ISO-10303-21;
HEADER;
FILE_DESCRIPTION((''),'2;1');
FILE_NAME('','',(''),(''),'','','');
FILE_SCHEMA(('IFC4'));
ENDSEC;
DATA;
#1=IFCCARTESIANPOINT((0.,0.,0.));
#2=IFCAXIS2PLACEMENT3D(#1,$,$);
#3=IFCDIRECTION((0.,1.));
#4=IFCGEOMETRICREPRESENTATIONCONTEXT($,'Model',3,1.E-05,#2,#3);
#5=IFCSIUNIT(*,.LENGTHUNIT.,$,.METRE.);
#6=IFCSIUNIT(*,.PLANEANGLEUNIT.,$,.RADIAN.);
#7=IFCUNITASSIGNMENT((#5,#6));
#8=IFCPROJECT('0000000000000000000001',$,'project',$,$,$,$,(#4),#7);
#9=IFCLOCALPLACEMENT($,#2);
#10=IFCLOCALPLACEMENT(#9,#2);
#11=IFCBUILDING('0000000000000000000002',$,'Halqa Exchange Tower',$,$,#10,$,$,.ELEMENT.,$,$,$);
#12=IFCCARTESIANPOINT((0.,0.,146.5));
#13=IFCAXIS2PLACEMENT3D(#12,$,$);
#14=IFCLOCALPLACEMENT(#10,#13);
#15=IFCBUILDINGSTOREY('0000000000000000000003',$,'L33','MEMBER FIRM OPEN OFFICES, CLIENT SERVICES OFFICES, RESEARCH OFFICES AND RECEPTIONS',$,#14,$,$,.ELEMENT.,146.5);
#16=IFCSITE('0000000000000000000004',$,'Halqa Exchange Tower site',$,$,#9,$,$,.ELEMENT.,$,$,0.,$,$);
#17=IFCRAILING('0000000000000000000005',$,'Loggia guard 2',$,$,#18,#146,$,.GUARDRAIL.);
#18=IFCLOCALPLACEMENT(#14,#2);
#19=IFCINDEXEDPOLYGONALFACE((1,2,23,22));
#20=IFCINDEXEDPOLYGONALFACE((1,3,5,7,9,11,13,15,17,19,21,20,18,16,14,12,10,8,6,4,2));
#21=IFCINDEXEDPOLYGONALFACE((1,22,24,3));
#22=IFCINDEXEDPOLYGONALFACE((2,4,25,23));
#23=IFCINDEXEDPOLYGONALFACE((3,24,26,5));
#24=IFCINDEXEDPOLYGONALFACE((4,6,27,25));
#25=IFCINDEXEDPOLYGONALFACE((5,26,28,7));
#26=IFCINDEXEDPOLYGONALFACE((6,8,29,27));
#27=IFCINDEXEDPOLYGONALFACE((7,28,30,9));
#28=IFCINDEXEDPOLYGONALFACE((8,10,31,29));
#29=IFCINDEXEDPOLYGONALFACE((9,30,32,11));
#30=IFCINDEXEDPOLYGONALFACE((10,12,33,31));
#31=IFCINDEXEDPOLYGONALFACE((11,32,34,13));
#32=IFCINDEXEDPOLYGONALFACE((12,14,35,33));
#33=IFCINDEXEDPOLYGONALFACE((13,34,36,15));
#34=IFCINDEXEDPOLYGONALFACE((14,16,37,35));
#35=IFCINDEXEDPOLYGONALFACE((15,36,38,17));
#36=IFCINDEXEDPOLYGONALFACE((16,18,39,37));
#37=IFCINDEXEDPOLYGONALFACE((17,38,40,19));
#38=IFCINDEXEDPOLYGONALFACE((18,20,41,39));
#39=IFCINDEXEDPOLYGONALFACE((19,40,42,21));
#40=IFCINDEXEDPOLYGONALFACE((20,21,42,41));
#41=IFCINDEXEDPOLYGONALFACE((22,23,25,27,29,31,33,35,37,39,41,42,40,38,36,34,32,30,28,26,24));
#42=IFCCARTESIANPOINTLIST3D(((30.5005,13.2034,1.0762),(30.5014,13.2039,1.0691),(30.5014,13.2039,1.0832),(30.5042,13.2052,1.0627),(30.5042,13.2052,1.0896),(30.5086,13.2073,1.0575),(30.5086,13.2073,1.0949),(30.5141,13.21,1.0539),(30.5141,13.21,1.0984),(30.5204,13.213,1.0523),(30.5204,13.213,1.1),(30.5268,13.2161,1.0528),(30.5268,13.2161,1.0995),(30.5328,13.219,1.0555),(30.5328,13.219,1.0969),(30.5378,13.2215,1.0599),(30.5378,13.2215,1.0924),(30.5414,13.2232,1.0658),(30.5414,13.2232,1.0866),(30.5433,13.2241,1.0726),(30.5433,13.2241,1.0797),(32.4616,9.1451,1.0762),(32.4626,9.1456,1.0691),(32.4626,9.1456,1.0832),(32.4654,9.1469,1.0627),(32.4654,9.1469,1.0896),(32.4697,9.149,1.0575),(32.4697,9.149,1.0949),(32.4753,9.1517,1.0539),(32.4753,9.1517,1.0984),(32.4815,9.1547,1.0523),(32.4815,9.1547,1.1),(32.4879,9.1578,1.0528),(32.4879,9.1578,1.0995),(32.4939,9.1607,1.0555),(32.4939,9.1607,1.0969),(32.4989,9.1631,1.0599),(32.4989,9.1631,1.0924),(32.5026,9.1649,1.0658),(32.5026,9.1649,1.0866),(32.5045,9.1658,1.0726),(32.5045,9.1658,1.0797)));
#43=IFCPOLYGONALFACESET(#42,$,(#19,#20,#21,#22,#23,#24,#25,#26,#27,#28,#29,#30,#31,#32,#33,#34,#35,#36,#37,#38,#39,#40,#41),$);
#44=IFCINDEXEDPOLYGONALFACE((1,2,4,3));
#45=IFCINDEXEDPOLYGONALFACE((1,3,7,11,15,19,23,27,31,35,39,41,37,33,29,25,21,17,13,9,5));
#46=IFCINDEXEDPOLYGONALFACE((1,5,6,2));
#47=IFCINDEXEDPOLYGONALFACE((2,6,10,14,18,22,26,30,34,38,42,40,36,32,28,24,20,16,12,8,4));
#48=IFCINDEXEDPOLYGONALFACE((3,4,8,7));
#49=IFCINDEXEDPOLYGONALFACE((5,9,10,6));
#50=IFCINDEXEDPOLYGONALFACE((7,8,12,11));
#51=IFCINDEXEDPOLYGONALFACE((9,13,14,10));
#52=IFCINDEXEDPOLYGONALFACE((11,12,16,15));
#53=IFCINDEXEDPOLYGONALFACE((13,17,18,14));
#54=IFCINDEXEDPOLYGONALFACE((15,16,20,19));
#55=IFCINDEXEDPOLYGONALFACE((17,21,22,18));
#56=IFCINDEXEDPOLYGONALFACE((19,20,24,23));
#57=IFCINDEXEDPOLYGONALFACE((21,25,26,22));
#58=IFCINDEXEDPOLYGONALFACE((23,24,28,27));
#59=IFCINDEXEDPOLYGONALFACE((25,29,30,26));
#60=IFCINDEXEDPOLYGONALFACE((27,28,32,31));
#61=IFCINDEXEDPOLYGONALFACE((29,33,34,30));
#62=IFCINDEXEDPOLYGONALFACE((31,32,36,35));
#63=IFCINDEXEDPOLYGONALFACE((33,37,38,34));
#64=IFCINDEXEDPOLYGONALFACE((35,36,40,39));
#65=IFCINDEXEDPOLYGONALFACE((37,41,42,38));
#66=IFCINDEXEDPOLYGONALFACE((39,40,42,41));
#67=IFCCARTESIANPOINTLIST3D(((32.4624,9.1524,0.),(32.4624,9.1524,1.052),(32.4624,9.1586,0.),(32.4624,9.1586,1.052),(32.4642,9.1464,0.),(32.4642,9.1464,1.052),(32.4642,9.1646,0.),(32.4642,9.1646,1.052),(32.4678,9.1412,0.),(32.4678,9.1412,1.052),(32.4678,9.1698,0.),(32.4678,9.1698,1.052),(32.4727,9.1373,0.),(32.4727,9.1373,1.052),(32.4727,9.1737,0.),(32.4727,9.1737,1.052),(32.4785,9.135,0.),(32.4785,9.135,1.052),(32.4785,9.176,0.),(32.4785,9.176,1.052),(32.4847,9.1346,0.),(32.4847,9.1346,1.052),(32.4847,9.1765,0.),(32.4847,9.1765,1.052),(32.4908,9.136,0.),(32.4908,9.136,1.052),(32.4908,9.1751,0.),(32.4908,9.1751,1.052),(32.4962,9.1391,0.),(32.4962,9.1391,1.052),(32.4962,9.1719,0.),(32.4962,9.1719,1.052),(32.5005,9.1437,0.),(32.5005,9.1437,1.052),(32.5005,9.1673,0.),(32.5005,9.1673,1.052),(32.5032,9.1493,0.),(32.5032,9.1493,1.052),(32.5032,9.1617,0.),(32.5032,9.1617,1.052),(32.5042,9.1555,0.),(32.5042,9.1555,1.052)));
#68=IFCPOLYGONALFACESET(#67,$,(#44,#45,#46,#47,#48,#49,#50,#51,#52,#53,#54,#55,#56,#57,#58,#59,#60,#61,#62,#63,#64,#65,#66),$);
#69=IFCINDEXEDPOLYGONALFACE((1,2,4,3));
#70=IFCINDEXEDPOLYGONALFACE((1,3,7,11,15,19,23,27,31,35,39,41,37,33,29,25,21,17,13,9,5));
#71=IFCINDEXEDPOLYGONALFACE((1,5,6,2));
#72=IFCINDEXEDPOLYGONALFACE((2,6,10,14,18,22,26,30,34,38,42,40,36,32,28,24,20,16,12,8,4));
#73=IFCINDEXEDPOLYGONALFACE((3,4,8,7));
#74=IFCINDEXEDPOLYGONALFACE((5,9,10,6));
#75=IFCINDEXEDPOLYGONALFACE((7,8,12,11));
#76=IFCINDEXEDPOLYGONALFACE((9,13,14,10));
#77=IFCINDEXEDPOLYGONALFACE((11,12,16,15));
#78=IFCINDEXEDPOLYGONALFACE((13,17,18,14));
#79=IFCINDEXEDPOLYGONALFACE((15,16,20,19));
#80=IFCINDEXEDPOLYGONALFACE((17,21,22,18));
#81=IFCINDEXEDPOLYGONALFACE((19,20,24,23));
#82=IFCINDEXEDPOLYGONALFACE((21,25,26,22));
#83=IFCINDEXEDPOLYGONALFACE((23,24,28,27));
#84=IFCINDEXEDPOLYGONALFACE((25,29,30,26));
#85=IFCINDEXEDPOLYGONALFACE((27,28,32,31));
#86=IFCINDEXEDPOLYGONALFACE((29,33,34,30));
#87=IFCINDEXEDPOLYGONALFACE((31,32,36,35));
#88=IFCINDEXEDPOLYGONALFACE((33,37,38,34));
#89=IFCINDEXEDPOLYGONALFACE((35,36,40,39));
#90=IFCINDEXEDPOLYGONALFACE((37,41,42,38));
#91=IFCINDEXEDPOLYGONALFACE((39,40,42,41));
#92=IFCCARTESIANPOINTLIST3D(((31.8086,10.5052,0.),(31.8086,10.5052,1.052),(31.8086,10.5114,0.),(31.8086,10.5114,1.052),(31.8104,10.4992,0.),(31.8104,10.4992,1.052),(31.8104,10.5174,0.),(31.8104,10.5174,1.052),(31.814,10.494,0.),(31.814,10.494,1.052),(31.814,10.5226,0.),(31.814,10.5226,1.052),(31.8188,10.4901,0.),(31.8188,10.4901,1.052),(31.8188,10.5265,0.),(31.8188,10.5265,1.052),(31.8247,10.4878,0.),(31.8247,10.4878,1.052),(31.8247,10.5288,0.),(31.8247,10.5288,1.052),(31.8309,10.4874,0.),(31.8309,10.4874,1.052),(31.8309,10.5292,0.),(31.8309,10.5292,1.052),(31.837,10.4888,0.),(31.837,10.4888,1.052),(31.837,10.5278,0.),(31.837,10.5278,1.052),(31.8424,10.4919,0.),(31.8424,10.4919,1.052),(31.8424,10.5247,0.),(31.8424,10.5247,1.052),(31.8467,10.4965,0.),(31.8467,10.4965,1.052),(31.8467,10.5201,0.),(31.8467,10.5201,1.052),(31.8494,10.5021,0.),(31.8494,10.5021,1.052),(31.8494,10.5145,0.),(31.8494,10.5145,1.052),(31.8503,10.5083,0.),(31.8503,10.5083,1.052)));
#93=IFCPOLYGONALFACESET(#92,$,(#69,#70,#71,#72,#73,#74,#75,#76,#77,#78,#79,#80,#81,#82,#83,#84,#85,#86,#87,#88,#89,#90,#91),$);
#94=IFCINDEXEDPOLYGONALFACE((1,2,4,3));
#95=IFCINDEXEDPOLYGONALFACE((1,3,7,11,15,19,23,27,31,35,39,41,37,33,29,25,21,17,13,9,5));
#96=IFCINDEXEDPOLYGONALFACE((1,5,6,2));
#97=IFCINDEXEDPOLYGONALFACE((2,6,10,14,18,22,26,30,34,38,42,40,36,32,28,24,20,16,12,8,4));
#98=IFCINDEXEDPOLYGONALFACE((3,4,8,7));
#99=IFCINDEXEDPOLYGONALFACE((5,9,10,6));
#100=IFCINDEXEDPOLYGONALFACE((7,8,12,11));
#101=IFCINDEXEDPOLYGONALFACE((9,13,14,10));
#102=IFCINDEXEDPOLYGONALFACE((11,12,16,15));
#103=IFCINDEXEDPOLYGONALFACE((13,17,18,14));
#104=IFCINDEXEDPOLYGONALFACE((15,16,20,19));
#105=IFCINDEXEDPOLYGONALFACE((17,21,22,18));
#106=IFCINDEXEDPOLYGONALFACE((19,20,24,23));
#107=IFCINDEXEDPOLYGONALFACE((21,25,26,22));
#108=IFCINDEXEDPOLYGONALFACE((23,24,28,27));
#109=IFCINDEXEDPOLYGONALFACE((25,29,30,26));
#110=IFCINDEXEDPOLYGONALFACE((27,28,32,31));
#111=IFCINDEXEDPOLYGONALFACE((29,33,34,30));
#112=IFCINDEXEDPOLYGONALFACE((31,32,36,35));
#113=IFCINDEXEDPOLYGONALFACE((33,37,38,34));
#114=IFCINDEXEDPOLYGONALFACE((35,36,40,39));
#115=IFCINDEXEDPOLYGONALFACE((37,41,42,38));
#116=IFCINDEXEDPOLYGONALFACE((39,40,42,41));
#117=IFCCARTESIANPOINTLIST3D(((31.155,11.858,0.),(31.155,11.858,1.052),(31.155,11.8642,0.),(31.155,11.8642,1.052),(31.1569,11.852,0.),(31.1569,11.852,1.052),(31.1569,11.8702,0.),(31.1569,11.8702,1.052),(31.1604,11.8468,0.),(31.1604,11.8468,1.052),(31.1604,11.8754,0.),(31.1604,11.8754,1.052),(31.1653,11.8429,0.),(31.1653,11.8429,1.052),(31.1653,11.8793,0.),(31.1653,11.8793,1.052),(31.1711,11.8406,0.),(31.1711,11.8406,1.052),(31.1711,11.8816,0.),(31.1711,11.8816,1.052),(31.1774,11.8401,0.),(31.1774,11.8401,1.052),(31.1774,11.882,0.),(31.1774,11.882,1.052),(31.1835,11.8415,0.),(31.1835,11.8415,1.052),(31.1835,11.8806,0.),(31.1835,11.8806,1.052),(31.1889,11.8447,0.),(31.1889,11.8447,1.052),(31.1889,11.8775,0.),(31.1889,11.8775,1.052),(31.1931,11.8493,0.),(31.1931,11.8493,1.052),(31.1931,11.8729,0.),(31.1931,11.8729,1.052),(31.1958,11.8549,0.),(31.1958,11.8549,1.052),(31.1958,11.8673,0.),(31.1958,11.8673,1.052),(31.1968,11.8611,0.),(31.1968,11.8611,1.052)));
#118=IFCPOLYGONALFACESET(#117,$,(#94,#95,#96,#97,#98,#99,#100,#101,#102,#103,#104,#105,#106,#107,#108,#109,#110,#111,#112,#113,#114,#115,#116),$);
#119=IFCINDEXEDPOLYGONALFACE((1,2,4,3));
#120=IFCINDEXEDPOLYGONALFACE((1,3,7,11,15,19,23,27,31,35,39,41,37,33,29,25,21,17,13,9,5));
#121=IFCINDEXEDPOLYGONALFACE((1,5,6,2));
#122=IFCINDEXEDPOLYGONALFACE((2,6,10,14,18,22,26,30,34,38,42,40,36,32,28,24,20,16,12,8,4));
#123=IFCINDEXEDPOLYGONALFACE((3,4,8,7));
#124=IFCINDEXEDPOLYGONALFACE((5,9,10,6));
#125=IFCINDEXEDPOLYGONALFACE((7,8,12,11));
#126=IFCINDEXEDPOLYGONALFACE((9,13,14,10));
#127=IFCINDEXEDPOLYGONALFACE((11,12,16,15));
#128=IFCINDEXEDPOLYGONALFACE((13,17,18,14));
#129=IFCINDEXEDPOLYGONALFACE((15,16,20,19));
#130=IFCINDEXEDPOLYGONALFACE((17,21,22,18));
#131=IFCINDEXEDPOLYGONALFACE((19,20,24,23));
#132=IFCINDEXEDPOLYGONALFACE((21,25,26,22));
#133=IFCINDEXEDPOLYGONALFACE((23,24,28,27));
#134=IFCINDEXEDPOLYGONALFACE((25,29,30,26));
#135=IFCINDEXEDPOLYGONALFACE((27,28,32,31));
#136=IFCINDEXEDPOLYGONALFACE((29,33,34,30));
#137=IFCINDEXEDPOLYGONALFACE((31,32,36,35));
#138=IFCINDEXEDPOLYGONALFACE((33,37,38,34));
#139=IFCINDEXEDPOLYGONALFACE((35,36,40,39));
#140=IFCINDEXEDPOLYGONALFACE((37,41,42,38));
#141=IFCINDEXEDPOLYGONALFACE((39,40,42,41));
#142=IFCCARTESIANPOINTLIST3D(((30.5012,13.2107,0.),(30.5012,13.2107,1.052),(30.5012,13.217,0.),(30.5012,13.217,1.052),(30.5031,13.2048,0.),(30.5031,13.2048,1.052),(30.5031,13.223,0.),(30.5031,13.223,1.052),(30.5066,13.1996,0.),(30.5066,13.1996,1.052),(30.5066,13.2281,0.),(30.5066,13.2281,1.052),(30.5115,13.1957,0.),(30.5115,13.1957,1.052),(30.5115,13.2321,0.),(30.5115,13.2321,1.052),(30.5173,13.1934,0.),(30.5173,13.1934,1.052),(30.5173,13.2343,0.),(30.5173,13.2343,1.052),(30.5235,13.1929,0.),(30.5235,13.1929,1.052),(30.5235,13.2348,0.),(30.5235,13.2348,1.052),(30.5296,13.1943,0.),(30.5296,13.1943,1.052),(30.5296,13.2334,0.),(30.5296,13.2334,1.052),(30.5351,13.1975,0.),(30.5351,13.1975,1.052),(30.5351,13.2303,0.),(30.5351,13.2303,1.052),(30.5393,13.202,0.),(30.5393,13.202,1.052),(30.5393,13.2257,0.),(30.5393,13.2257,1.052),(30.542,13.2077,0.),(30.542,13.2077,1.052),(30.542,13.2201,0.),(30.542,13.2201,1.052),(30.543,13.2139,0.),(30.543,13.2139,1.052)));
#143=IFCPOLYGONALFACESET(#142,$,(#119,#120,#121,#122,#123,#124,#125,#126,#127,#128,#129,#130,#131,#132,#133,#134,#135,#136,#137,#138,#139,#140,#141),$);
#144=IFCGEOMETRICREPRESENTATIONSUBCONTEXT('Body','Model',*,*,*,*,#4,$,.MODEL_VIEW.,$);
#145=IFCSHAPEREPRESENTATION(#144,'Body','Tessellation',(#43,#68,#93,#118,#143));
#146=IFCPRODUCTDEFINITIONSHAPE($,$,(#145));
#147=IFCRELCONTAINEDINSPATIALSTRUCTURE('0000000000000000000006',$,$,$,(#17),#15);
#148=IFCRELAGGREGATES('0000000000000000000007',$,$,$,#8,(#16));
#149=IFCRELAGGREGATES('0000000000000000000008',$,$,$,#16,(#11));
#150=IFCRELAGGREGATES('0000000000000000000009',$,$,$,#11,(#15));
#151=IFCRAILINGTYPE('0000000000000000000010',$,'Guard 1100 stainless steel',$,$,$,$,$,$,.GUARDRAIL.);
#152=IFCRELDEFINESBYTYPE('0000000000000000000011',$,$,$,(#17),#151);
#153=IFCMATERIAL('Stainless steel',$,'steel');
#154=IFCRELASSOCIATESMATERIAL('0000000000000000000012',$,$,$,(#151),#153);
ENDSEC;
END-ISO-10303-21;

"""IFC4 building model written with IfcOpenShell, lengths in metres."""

from ifc_helpers import new_model, si_unit, direction, frame, origin, origin_2d, place, context, subcontext, project, spatial, circle, extrude, material, type_object, element, save


model = new_model("IFC4")

# Units and contexts
model_context = context("Model", 3, precision=1e-05, world=origin(), true_north=direction((0.0, 1.0)))
body_context = subcontext(model_context, "Body", "Model", "MODEL_VIEW")
ifc_project = project(units=[si_unit("LENGTHUNIT", "METRE"), si_unit("PLANEANGLEUNIT", "RADIAN")], contexts=[model_context])

# Site, building, storey
site_placement = place(None, origin())
site = spatial("IfcSite", under=ifc_project, at=site_placement, Name="Halqa Exchange Tower site", CompositionType="ELEMENT", RefElevation=0.0)
building_placement = place(site_placement, origin())
building = spatial("IfcBuilding", under=site, at=building_placement, Name="Halqa Exchange Tower", CompositionType="ELEMENT")
storey_placement = place(building_placement, frame((0.0, 0.0, 146.5)))
storey = spatial("IfcBuildingStorey", under=building, at=storey_placement, Name="L33", Description="MEMBER FIRM OPEN OFFICES, CLIENT SERVICES OFFICES, RESEARCH OFFICES AND RECEPTIONS", CompositionType="ELEMENT", Elevation=146.5)

# Railing
ifc_material_1 = material(Name="Stainless steel", Category="steel")
railing_type = type_object("IfcRailingType", Name="Guard 1100 stainless steel", PredefinedType="GUARDRAIL", material=ifc_material_1)
railing_1_placement = place(storey_placement, frame((32.4832, 9.1555, 0.0)))
element("IfcRailing", 1, at=railing_1_placement, inside=storey, type_object=railing_type, Name="Loggia guard 2", PredefinedType="GUARDRAIL", context=body_context, shape_type="SweptSolid", body=[
    extrude(circle(Radius=0.0239, at=origin_2d()), frame((0.0, 0.0, 1.0762), z_axis=(-0.435105, 0.90038, 0.0), x_axis=(-0.90038, -0.435105, 0.0)), (0.0, 0.0, 1.0), 4.5073),
    extrude(circle(Radius=0.021, at=origin_2d()), origin(), (0.0, 0.0, 1.0), 1.052),
    extrude(circle(Radius=0.021, at=origin_2d()), frame((-0.6538, 1.3528, 0.0)), (0.0, 0.0, 1.0), 1.052),
    extrude(circle(Radius=0.021, at=origin_2d()), frame((-1.3074, 2.7056, 0.0)), (0.0, 0.0, 1.0), 1.052),
    extrude(circle(Radius=0.021, at=origin_2d()), frame((-1.9612, 4.0583, 0.0)), (0.0, 0.0, 1.0), 1.052),
])

save(model, "model.ifc")
